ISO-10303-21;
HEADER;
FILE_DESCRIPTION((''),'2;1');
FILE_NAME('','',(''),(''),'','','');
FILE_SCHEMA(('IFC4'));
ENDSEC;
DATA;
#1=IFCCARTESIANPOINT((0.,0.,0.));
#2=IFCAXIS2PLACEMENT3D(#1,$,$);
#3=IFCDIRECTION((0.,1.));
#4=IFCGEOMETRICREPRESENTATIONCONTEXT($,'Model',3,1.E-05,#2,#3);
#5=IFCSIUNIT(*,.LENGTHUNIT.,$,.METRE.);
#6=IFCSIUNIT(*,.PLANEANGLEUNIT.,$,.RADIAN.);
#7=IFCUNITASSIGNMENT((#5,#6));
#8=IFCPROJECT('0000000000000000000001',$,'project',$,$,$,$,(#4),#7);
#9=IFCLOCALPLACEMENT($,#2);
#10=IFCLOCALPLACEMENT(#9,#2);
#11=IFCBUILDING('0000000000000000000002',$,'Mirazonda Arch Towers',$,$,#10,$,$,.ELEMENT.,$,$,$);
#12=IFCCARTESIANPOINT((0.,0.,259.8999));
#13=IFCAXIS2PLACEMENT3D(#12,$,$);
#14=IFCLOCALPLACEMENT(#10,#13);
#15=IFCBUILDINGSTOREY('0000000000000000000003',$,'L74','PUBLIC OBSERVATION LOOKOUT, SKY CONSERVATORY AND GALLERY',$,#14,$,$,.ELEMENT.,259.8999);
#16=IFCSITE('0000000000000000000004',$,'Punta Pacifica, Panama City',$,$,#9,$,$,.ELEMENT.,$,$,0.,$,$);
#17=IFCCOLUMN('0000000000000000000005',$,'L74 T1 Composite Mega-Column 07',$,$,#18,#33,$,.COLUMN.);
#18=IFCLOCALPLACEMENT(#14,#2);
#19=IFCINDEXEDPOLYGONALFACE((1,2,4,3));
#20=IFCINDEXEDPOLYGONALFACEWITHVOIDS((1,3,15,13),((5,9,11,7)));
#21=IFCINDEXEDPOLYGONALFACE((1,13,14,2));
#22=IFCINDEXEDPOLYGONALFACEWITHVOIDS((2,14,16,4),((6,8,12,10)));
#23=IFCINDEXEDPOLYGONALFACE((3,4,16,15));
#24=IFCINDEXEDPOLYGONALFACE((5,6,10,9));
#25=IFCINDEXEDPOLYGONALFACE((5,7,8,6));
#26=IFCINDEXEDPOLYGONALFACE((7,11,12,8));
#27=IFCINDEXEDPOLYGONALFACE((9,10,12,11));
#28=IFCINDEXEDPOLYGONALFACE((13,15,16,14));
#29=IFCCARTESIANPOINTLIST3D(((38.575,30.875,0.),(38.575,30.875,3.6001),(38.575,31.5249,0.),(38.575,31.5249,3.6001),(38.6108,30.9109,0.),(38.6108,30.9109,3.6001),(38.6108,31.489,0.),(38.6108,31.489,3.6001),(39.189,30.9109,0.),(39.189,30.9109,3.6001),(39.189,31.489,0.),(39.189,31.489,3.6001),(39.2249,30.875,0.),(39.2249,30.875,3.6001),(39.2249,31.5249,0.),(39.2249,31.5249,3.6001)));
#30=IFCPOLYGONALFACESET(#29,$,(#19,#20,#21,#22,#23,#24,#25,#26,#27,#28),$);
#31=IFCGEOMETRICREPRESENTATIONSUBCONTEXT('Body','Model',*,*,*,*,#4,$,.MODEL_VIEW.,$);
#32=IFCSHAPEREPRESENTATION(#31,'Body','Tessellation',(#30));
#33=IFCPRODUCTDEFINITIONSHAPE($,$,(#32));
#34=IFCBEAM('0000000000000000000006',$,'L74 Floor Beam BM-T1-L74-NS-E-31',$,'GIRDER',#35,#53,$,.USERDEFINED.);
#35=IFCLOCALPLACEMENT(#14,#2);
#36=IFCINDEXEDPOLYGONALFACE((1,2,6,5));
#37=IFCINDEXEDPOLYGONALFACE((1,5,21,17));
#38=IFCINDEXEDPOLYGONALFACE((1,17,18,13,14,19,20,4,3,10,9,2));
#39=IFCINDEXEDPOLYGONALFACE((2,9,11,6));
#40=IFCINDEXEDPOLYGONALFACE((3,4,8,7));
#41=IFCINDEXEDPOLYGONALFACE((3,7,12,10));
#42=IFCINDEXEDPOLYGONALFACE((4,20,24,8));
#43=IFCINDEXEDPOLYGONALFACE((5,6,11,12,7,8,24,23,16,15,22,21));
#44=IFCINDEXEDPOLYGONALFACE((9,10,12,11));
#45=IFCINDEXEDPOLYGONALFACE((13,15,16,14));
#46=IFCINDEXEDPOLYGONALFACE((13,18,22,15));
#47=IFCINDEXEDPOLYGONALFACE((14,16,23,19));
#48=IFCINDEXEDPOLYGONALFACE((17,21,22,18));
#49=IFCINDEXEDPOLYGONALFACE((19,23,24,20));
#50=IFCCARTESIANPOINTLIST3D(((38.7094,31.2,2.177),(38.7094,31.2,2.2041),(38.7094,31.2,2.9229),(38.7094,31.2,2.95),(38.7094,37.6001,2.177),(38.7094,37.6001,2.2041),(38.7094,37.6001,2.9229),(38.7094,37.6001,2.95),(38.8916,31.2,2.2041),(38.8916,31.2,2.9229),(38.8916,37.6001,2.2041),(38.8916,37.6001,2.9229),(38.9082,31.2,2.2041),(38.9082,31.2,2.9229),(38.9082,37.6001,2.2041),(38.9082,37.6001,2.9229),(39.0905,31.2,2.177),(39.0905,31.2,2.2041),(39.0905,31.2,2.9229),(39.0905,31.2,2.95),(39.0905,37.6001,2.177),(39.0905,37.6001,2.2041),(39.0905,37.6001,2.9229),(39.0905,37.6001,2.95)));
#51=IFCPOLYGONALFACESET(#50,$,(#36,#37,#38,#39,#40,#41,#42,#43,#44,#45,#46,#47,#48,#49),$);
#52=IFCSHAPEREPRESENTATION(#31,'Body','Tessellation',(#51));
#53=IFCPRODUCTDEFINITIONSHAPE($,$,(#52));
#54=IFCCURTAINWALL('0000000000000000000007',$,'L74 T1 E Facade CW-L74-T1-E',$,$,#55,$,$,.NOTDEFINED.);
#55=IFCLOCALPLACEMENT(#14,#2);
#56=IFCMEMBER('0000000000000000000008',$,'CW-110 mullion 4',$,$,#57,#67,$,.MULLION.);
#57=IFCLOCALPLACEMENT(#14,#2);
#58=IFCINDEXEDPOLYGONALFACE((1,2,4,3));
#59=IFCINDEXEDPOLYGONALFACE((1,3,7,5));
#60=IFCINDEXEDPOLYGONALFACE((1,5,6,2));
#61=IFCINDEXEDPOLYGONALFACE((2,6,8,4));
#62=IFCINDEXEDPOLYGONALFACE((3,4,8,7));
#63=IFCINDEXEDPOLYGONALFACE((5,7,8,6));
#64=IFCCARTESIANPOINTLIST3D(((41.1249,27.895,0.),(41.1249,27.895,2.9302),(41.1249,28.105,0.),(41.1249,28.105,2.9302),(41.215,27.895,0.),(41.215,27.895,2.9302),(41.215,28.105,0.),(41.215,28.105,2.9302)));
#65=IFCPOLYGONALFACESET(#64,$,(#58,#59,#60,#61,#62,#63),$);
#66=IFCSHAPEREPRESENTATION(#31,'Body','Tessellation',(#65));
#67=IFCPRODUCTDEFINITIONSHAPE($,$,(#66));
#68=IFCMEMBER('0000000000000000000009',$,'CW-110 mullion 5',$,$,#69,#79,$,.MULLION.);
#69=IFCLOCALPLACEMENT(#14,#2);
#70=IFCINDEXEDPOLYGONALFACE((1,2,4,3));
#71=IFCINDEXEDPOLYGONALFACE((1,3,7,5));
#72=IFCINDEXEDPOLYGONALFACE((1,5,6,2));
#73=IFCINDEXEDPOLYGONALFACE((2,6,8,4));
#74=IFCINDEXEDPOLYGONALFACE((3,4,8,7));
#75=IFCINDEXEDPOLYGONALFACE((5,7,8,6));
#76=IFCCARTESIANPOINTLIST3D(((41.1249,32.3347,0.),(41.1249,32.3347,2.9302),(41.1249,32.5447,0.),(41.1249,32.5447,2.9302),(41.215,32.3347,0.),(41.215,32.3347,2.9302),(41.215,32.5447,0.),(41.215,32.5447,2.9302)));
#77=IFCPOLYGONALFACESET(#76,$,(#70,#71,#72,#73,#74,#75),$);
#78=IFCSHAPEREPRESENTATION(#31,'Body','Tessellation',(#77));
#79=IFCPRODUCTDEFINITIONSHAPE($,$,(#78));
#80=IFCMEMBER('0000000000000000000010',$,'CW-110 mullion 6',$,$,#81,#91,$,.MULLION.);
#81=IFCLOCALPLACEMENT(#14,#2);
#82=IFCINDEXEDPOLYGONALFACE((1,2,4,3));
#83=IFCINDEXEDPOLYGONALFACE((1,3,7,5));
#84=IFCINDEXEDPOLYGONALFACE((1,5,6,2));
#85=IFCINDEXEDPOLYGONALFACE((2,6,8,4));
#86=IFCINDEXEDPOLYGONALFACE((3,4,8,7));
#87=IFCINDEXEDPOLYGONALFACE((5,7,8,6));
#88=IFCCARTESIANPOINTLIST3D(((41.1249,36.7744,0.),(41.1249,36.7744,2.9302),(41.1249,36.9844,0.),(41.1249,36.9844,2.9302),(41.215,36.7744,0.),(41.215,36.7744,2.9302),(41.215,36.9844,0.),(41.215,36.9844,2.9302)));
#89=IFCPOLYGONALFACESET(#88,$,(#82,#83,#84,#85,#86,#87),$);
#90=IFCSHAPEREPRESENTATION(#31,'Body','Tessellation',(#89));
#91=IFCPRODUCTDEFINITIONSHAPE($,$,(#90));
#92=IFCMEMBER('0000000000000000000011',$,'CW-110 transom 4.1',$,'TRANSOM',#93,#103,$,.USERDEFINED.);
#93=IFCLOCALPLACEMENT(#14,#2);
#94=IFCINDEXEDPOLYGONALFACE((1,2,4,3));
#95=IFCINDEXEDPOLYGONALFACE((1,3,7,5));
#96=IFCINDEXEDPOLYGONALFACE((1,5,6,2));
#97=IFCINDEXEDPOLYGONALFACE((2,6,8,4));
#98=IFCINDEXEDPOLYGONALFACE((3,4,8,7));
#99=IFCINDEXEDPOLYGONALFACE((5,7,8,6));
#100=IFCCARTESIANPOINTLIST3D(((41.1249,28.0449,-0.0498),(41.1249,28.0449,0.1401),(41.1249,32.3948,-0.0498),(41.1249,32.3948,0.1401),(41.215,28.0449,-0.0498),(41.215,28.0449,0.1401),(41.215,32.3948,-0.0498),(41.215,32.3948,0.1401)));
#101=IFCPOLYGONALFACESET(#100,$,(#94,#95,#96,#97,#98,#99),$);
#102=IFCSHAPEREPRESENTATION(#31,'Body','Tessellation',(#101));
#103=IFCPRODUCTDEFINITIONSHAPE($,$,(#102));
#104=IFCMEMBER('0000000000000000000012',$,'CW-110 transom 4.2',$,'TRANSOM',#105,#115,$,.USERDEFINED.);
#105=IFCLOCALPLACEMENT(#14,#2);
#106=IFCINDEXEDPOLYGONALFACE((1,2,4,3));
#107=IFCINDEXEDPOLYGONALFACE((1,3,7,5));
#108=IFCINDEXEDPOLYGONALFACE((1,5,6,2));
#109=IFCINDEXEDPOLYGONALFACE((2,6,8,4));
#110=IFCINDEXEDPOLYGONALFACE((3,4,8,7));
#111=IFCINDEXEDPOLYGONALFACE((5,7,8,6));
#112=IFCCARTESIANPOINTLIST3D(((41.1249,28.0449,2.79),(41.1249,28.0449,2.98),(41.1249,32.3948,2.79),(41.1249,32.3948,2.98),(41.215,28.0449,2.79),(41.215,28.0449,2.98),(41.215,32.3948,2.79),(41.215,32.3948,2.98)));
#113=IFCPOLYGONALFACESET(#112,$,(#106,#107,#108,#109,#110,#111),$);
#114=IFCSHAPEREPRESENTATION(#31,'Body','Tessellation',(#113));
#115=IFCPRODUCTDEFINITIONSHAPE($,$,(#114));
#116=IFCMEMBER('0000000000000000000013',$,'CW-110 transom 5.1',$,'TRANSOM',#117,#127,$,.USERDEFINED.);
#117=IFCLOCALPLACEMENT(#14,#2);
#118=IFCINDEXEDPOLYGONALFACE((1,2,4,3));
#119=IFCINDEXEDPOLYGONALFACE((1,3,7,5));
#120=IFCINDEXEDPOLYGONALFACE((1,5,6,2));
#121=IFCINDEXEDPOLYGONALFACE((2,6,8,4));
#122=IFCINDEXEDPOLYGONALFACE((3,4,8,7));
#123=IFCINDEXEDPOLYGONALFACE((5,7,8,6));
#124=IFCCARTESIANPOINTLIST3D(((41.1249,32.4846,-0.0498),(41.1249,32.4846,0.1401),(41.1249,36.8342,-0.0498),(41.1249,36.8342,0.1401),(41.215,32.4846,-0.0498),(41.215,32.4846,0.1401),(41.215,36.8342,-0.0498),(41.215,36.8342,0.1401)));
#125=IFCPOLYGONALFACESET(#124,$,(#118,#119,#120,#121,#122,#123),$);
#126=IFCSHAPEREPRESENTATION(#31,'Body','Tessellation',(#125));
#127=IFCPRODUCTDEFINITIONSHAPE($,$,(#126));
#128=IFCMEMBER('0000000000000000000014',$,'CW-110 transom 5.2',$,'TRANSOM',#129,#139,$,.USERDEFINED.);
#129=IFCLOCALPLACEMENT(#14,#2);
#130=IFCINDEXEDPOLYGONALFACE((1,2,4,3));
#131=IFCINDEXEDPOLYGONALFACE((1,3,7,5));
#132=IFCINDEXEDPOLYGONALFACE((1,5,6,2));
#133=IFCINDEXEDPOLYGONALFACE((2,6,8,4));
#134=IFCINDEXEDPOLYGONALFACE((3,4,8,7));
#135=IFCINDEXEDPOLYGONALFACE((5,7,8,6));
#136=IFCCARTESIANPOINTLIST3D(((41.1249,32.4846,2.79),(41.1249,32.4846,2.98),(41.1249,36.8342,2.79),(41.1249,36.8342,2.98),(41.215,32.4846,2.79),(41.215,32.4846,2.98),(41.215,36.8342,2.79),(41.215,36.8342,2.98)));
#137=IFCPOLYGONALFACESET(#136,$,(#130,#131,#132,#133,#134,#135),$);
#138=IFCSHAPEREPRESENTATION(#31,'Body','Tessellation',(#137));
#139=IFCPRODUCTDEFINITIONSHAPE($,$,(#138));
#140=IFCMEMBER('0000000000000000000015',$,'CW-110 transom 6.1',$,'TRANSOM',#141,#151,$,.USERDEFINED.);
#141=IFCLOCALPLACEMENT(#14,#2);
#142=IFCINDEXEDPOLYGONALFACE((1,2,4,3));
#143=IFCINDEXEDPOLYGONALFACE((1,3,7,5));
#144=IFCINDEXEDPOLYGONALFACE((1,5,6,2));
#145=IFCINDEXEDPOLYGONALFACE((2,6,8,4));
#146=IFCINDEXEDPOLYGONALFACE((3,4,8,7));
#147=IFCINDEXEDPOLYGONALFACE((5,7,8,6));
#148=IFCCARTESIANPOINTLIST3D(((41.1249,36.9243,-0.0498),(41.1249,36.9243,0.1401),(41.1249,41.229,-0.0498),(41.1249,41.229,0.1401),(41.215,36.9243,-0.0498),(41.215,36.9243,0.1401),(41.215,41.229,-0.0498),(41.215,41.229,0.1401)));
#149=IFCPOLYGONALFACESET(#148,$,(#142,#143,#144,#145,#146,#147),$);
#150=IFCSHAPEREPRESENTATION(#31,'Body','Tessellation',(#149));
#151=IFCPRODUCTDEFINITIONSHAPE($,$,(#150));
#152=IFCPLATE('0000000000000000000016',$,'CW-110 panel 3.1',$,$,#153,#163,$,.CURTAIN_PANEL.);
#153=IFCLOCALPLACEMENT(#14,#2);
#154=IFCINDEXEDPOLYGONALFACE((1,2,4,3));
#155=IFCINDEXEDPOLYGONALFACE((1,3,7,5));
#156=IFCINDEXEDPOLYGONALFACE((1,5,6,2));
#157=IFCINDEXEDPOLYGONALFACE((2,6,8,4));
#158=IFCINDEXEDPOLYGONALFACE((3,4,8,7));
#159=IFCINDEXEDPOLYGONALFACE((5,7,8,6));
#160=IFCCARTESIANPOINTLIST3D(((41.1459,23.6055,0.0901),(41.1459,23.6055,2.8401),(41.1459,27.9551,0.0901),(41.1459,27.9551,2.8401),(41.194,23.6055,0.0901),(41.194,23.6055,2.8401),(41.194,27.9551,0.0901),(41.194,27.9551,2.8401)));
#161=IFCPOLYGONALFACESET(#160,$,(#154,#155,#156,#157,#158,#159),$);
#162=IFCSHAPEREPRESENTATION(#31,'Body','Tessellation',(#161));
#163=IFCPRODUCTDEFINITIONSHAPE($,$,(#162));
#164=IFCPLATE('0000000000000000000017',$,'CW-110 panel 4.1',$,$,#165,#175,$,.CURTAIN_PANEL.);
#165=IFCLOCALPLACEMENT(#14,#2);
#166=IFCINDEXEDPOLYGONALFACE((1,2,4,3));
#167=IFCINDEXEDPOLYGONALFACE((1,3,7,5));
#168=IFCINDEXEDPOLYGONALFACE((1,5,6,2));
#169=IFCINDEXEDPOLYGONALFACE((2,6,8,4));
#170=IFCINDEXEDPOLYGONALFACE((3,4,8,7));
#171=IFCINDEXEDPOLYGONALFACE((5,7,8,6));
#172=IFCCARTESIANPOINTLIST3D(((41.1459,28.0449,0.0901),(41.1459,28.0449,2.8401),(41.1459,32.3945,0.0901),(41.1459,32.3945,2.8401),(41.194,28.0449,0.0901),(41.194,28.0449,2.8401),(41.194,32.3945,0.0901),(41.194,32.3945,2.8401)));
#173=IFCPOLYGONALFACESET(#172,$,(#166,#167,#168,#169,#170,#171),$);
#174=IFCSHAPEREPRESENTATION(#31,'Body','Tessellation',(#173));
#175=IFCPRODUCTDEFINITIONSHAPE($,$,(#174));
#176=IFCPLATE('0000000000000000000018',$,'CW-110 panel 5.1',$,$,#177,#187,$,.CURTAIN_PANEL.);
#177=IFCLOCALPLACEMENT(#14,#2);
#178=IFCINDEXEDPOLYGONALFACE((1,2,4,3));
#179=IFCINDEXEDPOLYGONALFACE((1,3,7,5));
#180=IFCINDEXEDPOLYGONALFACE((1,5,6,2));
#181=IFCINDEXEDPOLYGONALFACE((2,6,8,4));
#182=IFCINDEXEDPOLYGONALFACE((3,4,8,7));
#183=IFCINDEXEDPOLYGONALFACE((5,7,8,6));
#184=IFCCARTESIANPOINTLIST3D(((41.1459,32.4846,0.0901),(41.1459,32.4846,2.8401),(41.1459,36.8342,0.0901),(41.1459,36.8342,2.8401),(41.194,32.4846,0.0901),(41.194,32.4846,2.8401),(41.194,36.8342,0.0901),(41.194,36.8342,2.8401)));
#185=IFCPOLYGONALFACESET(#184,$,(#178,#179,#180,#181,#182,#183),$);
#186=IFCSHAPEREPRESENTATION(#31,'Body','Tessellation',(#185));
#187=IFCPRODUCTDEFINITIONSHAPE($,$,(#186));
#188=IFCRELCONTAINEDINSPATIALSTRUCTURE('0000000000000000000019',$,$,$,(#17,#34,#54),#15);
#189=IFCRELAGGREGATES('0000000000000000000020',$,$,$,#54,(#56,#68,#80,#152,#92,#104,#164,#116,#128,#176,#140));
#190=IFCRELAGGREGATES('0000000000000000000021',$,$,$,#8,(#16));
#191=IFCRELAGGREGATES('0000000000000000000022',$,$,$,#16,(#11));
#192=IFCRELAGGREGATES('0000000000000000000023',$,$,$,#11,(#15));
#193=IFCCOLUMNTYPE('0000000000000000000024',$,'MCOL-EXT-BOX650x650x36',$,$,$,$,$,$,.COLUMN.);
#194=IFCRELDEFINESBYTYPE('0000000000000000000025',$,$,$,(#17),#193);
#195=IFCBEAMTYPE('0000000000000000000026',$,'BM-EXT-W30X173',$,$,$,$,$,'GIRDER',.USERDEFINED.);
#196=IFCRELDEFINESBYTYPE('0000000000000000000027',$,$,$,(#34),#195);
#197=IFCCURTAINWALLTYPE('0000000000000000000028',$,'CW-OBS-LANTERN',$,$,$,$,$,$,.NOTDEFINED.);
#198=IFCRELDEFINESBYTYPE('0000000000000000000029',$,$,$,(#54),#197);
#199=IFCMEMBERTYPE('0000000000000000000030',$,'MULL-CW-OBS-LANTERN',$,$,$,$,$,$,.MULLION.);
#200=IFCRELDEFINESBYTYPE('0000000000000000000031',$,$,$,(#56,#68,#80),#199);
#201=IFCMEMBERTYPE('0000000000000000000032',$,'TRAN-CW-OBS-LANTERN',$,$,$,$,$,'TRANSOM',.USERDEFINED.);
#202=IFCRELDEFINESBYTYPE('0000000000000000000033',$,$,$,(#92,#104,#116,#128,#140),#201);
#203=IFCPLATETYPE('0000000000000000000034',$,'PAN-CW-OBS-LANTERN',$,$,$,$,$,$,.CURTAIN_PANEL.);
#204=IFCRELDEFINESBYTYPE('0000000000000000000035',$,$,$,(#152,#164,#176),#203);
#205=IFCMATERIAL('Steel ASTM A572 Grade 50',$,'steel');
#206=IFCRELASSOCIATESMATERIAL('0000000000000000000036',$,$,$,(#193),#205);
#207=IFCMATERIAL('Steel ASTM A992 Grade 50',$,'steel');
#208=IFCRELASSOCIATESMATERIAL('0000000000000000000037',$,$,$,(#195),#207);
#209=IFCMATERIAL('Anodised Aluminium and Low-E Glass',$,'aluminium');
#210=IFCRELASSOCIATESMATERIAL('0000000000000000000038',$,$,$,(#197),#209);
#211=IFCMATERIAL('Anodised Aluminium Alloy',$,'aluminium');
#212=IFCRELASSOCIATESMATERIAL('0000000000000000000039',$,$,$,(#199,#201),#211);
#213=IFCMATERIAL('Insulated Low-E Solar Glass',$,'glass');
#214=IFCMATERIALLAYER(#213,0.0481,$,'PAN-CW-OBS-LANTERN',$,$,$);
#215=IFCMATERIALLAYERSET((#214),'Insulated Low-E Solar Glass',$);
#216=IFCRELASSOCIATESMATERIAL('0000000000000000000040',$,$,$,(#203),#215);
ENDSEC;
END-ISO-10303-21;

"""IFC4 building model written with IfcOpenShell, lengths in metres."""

from ifc_helpers import new_model, si_unit, direction, frame, origin, origin_2d, place, context, subcontext, project, spatial, rectangle, hollow_rectangle, i_section, extrude, material, layer, layer_set, material_profile, profile_set, type_object, element, aggregate, save


model = new_model("IFC4")

# Units and contexts
model_context = context("Model", 3, precision=1e-05, world=origin(), true_north=direction((0.0, 1.0)))
body_context = subcontext(model_context, "Body", "Model", "MODEL_VIEW")
ifc_project = project(units=[si_unit("LENGTHUNIT", "METRE"), si_unit("PLANEANGLEUNIT", "RADIAN")], contexts=[model_context])

# Site, building, storey
site_placement = place(None, origin())
site = spatial("IfcSite", under=ifc_project, at=site_placement, Name="Punta Pacifica, Panama City", CompositionType="ELEMENT", RefElevation=0.0)
building_placement = place(site_placement, origin())
building = spatial("IfcBuilding", under=site, at=building_placement, Name="Mirazonda Arch Towers", CompositionType="ELEMENT")
storey_placement = place(building_placement, frame((0.0, 0.0, 259.8999)))
storey = spatial("IfcBuildingStorey", under=building, at=storey_placement, Name="L74", Description="PUBLIC OBSERVATION LOOKOUT, SKY CONSERVATORY AND GALLERY", CompositionType="ELEMENT", Elevation=259.8999)

# Column
ifc_material_1 = material(Name="Steel ASTM A572 Grade 50", Category="steel")
ifc_material_profile_1 = material_profile(ifc_material_1, hollow_rectangle(XDim=0.6499, YDim=0.6499, WallThickness=0.0359, at=origin_2d()), Name="BOX650x650x36")
ifc_profile_set_1 = profile_set([ifc_material_profile_1], Name="Steel ASTM A572 Grade 50")
column_type = type_object("IfcColumnType", Name="MCOL-EXT-BOX650x650x36", PredefinedType="COLUMN", material=ifc_profile_set_1)
column_placement = place(storey_placement, frame((38.8999, 31.2, 0.0), z_axis=(0.0, 0.0, 1.0), x_axis=(1.0, 0.0, 0.0)))
element("IfcColumn", 1, at=column_placement, inside=storey, type_object=column_type, Name="L74 T1 Composite Mega-Column 07", PredefinedType="COLUMN", context=body_context, shape_type="SweptSolid", body=[
    extrude(hollow_rectangle(XDim=0.6499, YDim=0.6499, WallThickness=0.0359, at=origin_2d()), origin(), (0.0, 0.0, 1.0), 3.6001),
])

# Beam
ifc_material_2 = material(Name="Steel ASTM A992 Grade 50", Category="steel")
ifc_material_profile_2 = material_profile(ifc_material_2, i_section(OverallWidth=0.3811, OverallDepth=0.7729, WebThickness=0.0166, FlangeThickness=0.0271, at=origin_2d()), Name="W30X173")
ifc_profile_set_2 = profile_set([ifc_material_profile_2], Name="Steel ASTM A992 Grade 50")
beam_type = type_object("IfcBeamType", Name="BM-EXT-W30X173", ElementType="GIRDER", PredefinedType="USERDEFINED", material=ifc_profile_set_2)
beam_placement = place(storey_placement, frame((38.8999, 31.2, 2.5635), z_axis=(0.0, 1.0, 0.0), x_axis=(-1.0, 0.0, 0.0)))
element("IfcBeam", 2, at=beam_placement, inside=storey, type_object=beam_type, Name="L74 Floor Beam BM-T1-L74-NS-E-31", ObjectType="GIRDER", PredefinedType="USERDEFINED", context=body_context, shape_type="SweptSolid", body=[
    extrude(i_section(OverallWidth=0.3811, OverallDepth=0.7729, WebThickness=0.0166, FlangeThickness=0.0271, at=origin_2d()), origin(), (0.0, 0.0, 1.0), 6.4001),
])

# Curtain wall, members, plates
ifc_material_3 = material(Name="Anodised Aluminium and Low-E Glass", Category="aluminium")
curtain_wall_type = type_object("IfcCurtainWallType", Name="CW-OBS-LANTERN", PredefinedType="NOTDEFINED", material=ifc_material_3)
curtain_wall_placement = place(storey_placement, origin())
curtain_wall = element("IfcCurtainWall", 3, at=curtain_wall_placement, inside=storey, type_object=curtain_wall_type, Name="L74 T1 E Facade CW-L74-T1-E", PredefinedType="NOTDEFINED")
ifc_material_4 = material(Name="Anodised Aluminium Alloy", Category="aluminium")
ifc_material_profile_3 = material_profile(ifc_material_4, rectangle(XDim=0.0901, YDim=0.21, at=origin_2d()), Name="ALU-MULL-90x210")
ifc_profile_set_3 = profile_set([ifc_material_profile_3], Name="Anodised Aluminium Alloy")
member_type_1 = type_object("IfcMemberType", Name="MULL-CW-OBS-LANTERN", PredefinedType="MULLION", material=ifc_profile_set_3)
member_1_placement = place(storey_placement, frame((41.1699, 28.0, 0.0), z_axis=(0.0, 0.0, 1.0), x_axis=(-1.0, 0.0, 0.0)))
member_1 = element("IfcMember", 4, at=member_1_placement, type_object=member_type_1, Name="CW-110 mullion 4", PredefinedType="MULLION", context=body_context, shape_type="SweptSolid", body=[
    extrude(rectangle(XDim=0.0901, YDim=0.21, at=origin_2d()), origin(), (0.0, 0.0, 1.0), 2.9302),
])
member_2_placement = place(storey_placement, frame((41.1699, 32.4397, 0.0), z_axis=(0.0, 0.0, 1.0), x_axis=(-1.0, 0.0, 0.0)))
member_2 = element("IfcMember", 5, at=member_2_placement, type_object=member_type_1, Name="CW-110 mullion 5", PredefinedType="MULLION", context=body_context, shape_type="SweptSolid", body=[
    extrude(rectangle(XDim=0.0901, YDim=0.21, at=origin_2d()), origin(), (0.0, 0.0, 1.0), 2.9302),
])
member_3_placement = place(storey_placement, frame((41.1699, 36.8794, 0.0), z_axis=(0.0, 0.0, 1.0), x_axis=(-1.0, 0.0, 0.0)))
member_3 = element("IfcMember", 6, at=member_3_placement, type_object=member_type_1, Name="CW-110 mullion 6", PredefinedType="MULLION", context=body_context, shape_type="SweptSolid", body=[
    extrude(rectangle(XDim=0.0901, YDim=0.21, at=origin_2d()), origin(), (0.0, 0.0, 1.0), 2.9302),
])
ifc_material_profile_4 = material_profile(ifc_material_4, rectangle(XDim=0.0901, YDim=0.1899, at=origin_2d()), Name="ALU-TRAN-90x190")
ifc_profile_set_4 = profile_set([ifc_material_profile_4], Name="Anodised Aluminium Alloy")
member_type_2 = type_object("IfcMemberType", Name="TRAN-CW-OBS-LANTERN", ElementType="TRANSOM", PredefinedType="USERDEFINED", material=ifc_profile_set_4)
member_4_placement = place(storey_placement, frame((41.1699, 28.0449, 0.0452), z_axis=(0.0, 1.0, 0.0), x_axis=(-1.0, 0.0, 0.0)))
member_4 = element("IfcMember", 7, at=member_4_placement, type_object=member_type_2, Name="CW-110 transom 4.1", ObjectType="TRANSOM", PredefinedType="USERDEFINED", context=body_context, shape_type="SweptSolid", body=[
    extrude(rectangle(XDim=0.0901, YDim=0.1899, at=origin_2d()), origin(), (0.0, 0.0, 1.0), 4.3499),
])
member_5_placement = place(storey_placement, frame((41.1699, 28.0449, 2.885), z_axis=(0.0, 1.0, 0.0), x_axis=(-1.0, 0.0, 0.0)))
member_5 = element("IfcMember", 8, at=member_5_placement, type_object=member_type_2, Name="CW-110 transom 4.2", ObjectType="TRANSOM", PredefinedType="USERDEFINED", context=body_context, shape_type="SweptSolid", body=[
    extrude(rectangle(XDim=0.0901, YDim=0.1899, at=origin_2d()), origin(), (0.0, 0.0, 1.0), 4.3499),
])
member_6_placement = place(storey_placement, frame((41.1699, 32.4846, 0.0452), z_axis=(0.0, 1.0, 0.0), x_axis=(-1.0, 0.0, 0.0)))
member_6 = element("IfcMember", 9, at=member_6_placement, type_object=member_type_2, Name="CW-110 transom 5.1", ObjectType="TRANSOM", PredefinedType="USERDEFINED", context=body_context, shape_type="SweptSolid", body=[
    extrude(rectangle(XDim=0.0901, YDim=0.1899, at=origin_2d()), origin(), (0.0, 0.0, 1.0), 4.3496),
])
member_7_placement = place(storey_placement, frame((41.1699, 32.4846, 2.885), z_axis=(0.0, 1.0, 0.0), x_axis=(-1.0, 0.0, 0.0)))
member_7 = element("IfcMember", 10, at=member_7_placement, type_object=member_type_2, Name="CW-110 transom 5.2", ObjectType="TRANSOM", PredefinedType="USERDEFINED", context=body_context, shape_type="SweptSolid", body=[
    extrude(rectangle(XDim=0.0901, YDim=0.1899, at=origin_2d()), origin(), (0.0, 0.0, 1.0), 4.3496),
])
member_8_placement = place(storey_placement, frame((41.1699, 36.9243, 0.0452), z_axis=(0.0, 1.0, 0.0), x_axis=(-1.0, 0.0, 0.0)))
member_8 = element("IfcMember", 11, at=member_8_placement, type_object=member_type_2, Name="CW-110 transom 6.1", ObjectType="TRANSOM", PredefinedType="USERDEFINED", context=body_context, shape_type="SweptSolid", body=[
    extrude(rectangle(XDim=0.0901, YDim=0.1899, at=origin_2d()), origin(), (0.0, 0.0, 1.0), 4.3047),
])
ifc_material_5 = material(Name="Insulated Low-E Solar Glass", Category="glass")
ifc_layer_1 = layer(ifc_material_5, 0.0481, Name="PAN-CW-OBS-LANTERN")
ifc_layer_set_1 = layer_set([ifc_layer_1], Name="Insulated Low-E Solar Glass")
plate_type = type_object("IfcPlateType", Name="PAN-CW-OBS-LANTERN", PredefinedType="CURTAIN_PANEL", material=ifc_layer_set_1)
plate_1_placement = place(storey_placement, frame((41.1699, 25.7803, 0.0901), z_axis=(0.0, 0.0, 1.0), x_axis=(0.0, 1.0, 0.0)))
plate_1 = element("IfcPlate", 12, at=plate_1_placement, type_object=plate_type, Name="CW-110 panel 3.1", PredefinedType="CURTAIN_PANEL", context=body_context, shape_type="SweptSolid", body=[
    extrude(rectangle(XDim=4.3496, YDim=0.0481, at=origin_2d()), origin(), (0.0, 0.0, 1.0), 2.75),
])
plate_2_placement = place(storey_placement, frame((41.1699, 30.2197, 0.0901), z_axis=(0.0, 0.0, 1.0), x_axis=(0.0, 1.0, 0.0)))
plate_2 = element("IfcPlate", 13, at=plate_2_placement, type_object=plate_type, Name="CW-110 panel 4.1", PredefinedType="CURTAIN_PANEL", context=body_context, shape_type="SweptSolid", body=[
    extrude(rectangle(XDim=4.3496, YDim=0.0481, at=origin_2d()), origin(), (0.0, 0.0, 1.0), 2.75),
])
plate_3_placement = place(storey_placement, frame((41.1699, 34.6594, 0.0901), z_axis=(0.0, 0.0, 1.0), x_axis=(0.0, 1.0, 0.0)))
plate_3 = element("IfcPlate", 14, at=plate_3_placement, type_object=plate_type, Name="CW-110 panel 5.1", PredefinedType="CURTAIN_PANEL", context=body_context, shape_type="SweptSolid", body=[
    extrude(rectangle(XDim=4.3496, YDim=0.0481, at=origin_2d()), origin(), (0.0, 0.0, 1.0), 2.75),
])
aggregate(curtain_wall, [member_1, member_2, member_3, plate_1, member_4, member_5, plate_2, member_6, member_7, plate_3, member_8])

save(model, "model.ifc")
